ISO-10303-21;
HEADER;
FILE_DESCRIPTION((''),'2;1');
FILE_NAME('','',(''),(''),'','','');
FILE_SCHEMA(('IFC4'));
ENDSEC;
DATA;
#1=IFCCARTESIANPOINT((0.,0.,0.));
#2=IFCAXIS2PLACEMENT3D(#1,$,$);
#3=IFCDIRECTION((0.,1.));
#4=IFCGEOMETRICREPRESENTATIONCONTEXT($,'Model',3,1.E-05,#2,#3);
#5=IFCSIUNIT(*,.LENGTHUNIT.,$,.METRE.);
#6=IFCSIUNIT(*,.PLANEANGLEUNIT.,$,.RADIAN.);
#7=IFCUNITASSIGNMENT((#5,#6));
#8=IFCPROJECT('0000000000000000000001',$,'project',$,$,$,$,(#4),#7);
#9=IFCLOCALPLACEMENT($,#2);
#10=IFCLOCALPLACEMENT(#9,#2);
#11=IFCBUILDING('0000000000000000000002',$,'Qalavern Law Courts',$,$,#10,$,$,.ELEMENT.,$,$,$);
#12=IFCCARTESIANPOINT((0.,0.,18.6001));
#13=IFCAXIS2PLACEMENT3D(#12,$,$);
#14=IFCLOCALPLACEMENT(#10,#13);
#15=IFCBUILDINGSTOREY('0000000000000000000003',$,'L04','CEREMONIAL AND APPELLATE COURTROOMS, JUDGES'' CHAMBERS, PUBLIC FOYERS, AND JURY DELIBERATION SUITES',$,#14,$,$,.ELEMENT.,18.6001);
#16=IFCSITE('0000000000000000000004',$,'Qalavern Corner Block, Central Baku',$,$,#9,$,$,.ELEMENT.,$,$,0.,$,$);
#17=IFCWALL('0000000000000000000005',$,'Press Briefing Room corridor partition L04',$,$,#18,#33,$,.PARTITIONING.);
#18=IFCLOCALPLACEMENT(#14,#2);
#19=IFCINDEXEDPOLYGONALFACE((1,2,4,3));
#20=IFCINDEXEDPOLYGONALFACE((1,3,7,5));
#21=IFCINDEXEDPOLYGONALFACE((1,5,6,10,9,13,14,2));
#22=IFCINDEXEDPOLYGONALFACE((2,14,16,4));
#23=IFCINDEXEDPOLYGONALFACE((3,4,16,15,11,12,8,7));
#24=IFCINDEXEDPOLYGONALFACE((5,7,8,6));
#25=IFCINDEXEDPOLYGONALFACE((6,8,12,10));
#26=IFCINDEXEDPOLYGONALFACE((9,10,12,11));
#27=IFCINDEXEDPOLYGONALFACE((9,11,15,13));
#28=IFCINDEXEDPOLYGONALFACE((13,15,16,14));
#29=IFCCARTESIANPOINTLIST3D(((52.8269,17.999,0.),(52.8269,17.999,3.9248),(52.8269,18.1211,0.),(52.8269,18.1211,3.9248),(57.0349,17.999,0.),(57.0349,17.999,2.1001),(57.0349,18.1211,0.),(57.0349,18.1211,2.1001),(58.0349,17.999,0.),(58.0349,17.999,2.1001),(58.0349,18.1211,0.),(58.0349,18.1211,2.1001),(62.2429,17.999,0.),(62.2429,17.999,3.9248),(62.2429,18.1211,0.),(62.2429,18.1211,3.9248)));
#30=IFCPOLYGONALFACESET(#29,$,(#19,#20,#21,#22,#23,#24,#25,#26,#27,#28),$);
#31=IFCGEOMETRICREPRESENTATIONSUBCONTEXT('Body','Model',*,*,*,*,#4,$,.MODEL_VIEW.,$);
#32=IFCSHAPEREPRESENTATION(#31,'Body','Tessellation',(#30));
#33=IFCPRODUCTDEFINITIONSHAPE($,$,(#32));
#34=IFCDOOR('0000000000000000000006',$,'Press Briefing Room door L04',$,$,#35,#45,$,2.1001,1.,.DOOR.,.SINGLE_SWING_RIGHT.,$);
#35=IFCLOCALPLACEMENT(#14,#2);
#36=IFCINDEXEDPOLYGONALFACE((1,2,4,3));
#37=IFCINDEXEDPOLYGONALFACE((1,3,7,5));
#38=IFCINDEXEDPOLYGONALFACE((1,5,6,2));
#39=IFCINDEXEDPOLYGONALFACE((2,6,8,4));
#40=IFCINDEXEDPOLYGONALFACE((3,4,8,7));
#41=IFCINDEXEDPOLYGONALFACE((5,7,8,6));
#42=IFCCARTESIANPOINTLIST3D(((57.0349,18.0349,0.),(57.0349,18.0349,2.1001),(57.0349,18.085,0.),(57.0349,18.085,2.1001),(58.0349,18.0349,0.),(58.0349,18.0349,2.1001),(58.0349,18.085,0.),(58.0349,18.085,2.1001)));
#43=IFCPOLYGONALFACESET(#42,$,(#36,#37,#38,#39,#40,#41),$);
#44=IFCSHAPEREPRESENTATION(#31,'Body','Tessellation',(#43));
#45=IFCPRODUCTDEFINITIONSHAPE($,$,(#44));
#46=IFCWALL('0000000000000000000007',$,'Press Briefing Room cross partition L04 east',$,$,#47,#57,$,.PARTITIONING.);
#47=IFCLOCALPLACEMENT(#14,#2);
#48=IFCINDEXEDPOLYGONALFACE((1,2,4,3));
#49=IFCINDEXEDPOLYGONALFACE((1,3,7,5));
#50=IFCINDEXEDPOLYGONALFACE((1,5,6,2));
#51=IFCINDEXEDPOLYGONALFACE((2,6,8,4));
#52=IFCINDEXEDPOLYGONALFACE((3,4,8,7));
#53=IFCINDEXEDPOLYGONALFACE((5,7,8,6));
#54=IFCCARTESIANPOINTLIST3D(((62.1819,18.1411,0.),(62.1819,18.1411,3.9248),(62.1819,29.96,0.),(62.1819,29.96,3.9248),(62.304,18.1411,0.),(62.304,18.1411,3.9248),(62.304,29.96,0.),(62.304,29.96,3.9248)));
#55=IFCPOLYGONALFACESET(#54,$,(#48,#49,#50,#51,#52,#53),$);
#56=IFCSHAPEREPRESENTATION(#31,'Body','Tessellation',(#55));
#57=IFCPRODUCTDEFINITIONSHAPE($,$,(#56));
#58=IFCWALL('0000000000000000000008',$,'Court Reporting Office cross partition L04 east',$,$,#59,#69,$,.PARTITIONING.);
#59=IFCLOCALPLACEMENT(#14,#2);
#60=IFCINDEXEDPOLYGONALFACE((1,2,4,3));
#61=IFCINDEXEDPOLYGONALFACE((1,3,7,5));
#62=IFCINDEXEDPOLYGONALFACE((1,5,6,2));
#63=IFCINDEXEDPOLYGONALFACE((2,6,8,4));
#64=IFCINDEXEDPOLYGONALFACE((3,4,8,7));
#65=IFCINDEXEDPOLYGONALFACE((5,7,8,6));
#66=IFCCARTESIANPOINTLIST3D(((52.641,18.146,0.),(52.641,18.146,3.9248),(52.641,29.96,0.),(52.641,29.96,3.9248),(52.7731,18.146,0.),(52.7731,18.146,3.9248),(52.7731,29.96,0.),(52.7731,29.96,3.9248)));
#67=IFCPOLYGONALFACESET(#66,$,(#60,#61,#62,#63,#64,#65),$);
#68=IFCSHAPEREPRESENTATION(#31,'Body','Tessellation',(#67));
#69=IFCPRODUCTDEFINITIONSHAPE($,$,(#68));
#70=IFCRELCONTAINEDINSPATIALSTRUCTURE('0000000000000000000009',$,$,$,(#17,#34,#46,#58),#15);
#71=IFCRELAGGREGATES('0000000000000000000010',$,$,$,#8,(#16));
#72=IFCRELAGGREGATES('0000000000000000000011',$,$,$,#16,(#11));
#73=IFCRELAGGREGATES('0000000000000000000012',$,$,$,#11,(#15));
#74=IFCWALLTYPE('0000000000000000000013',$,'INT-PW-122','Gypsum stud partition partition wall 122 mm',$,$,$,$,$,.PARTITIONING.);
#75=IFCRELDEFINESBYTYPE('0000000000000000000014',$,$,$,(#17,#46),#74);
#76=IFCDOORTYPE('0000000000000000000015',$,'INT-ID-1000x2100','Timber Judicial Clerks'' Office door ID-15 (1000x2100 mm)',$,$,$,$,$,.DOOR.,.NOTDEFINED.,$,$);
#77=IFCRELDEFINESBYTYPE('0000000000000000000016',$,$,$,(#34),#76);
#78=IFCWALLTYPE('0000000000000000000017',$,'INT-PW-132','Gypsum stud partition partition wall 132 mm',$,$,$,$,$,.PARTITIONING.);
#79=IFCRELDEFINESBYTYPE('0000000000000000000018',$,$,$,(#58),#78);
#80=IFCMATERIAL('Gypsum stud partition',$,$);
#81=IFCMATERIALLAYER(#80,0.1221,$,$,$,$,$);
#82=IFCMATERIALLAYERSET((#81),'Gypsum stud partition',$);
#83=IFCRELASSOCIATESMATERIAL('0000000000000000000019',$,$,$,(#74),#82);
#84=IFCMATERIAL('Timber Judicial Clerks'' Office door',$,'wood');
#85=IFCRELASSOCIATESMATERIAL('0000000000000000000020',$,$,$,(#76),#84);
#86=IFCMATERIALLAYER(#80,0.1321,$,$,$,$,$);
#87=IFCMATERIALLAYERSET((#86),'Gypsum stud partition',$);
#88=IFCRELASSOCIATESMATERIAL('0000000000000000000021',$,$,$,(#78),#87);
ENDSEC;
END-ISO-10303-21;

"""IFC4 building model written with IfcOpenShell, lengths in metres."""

from ifc_helpers import new_model, si_unit, direction, frame, frame_2d, origin, place, context, subcontext, project, spatial, rectangle, extrude, material, layer, layer_set, type_object, element, fill, save


model = new_model("IFC4")

# Units and contexts
model_context = context("Model", 3, precision=1e-05, world=origin(), true_north=direction((0.0, 1.0)))
body_context = subcontext(model_context, "Body", "Model", "MODEL_VIEW")
ifc_project = project(units=[si_unit("LENGTHUNIT", "METRE"), si_unit("PLANEANGLEUNIT", "RADIAN")], contexts=[model_context])

# Site, building, storey
site_placement = place(None, origin())
site = spatial("IfcSite", under=ifc_project, at=site_placement, Name="Qalavern Corner Block, Central Baku", CompositionType="ELEMENT", RefElevation=0.0)
building_placement = place(site_placement, origin())
building = spatial("IfcBuilding", under=site, at=building_placement, Name="Qalavern Law Courts", CompositionType="ELEMENT")
storey_placement = place(building_placement, frame((0.0, 0.0, 18.6001)))
storey = spatial("IfcBuildingStorey", under=building, at=storey_placement, Name="L04", Description="CEREMONIAL AND APPELLATE COURTROOMS, JUDGES' CHAMBERS, PUBLIC FOYERS, AND JURY DELIBERATION SUITES", CompositionType="ELEMENT", Elevation=18.6001)

# Wall, opening, door
ifc_material_1 = material(Name="Gypsum stud partition")
ifc_layer_1 = layer(ifc_material_1, 0.1221)
ifc_layer_set_1 = layer_set([ifc_layer_1], Name="Gypsum stud partition")
wall_type_1 = type_object("IfcWallType", Name="INT-PW-122", Description="Gypsum stud partition partition wall 122 mm", PredefinedType="PARTITIONING", material=ifc_layer_set_1)
wall_1_placement = place(storey_placement, frame((52.8269, 18.0601, 0.0), z_axis=(0.0, 0.0, 1.0), x_axis=(1.0, 0.0, 0.0)))
wall_1 = element("IfcWall", 1, at=wall_1_placement, inside=storey, type_object=wall_type_1, Name="Press Briefing Room corridor partition L04", PredefinedType="PARTITIONING", context=body_context, shape_type="SweptSolid", body=[
    extrude(rectangle(XDim=9.416, YDim=0.1221, at=frame_2d((4.708, 0.0))), origin(), (0.0, 0.0, 1.0), 3.9248),
])
opening_1_placement = place(wall_1_placement, frame((4.208, 0.0, 0.0)))
opening_1 = element("IfcOpeningElement", 2, at=opening_1_placement, cuts=wall_1, PredefinedType="OPENING", context=body_context, shape_type="SweptSolid", body=[
    extrude(rectangle(XDim=1.0, YDim=2.1001, at=frame_2d((0.5, 1.05))), frame((0.0, 0.0759, 0.0), z_axis=(0.0, -1.0, 0.0), x_axis=(1.0, 0.0, 0.0)), (0.0, 0.0, 1.0), 0.1519),
])
ifc_material_2 = material(Name="Timber Judicial Clerks' Office door", Category="wood")
door_type_1 = type_object("IfcDoorType", Name="INT-ID-1000x2100", Description="Timber Judicial Clerks' Office door ID-15 (1000x2100 mm)", OperationType="NOTDEFINED", PredefinedType="DOOR", material=ifc_material_2)
door_1_placement = place(opening_1_placement, origin())
door_1 = element("IfcDoor", 3, at=door_1_placement, inside=storey, type_object=door_type_1, Name="Press Briefing Room door L04", OperationType="SINGLE_SWING_RIGHT", OverallHeight=2.1001, OverallWidth=1.0, PredefinedType="DOOR", context=body_context, shape_type="SweptSolid", body=[
    extrude(rectangle(XDim=1.0, YDim=2.1001, at=frame_2d((0.5, 1.05))), frame((0.0, 0.0249, 0.0), z_axis=(0.0, -1.0, 0.0), x_axis=(1.0, 0.0, 0.0)), (0.0, 0.0, 1.0), 0.05),
])
fill(opening_1, door_1)

# Walls
wall_2_placement = place(storey_placement, frame((62.2429, 18.1411, 0.0), z_axis=(0.0, 0.0, 1.0), x_axis=(0.0, 1.0, 0.0)))
element("IfcWall", 4, at=wall_2_placement, inside=storey, type_object=wall_type_1, Name="Press Briefing Room cross partition L04 east", PredefinedType="PARTITIONING", context=body_context, shape_type="SweptSolid", body=[
    extrude(rectangle(XDim=11.8188, YDim=0.1221, at=frame_2d((5.9094, 0.0))), origin(), (0.0, 0.0, 1.0), 3.9248),
])
ifc_layer_2 = layer(ifc_material_1, 0.1321)
ifc_layer_set_2 = layer_set([ifc_layer_2], Name="Gypsum stud partition")
wall_type_2 = type_object("IfcWallType", Name="INT-PW-132", Description="Gypsum stud partition partition wall 132 mm", PredefinedType="PARTITIONING", material=ifc_layer_set_2)
wall_3_placement = place(storey_placement, frame((52.707, 18.146, 0.0), z_axis=(0.0, 0.0, 1.0), x_axis=(0.0, 1.0, 0.0)))
element("IfcWall", 5, at=wall_3_placement, inside=storey, type_object=wall_type_2, Name="Court Reporting Office cross partition L04 east", PredefinedType="PARTITIONING", context=body_context, shape_type="SweptSolid", body=[
    extrude(rectangle(XDim=11.814, YDim=0.1321, at=frame_2d((5.907, 0.0))), origin(), (0.0, 0.0, 1.0), 3.9248),
])

save(model, "model.ifc")
